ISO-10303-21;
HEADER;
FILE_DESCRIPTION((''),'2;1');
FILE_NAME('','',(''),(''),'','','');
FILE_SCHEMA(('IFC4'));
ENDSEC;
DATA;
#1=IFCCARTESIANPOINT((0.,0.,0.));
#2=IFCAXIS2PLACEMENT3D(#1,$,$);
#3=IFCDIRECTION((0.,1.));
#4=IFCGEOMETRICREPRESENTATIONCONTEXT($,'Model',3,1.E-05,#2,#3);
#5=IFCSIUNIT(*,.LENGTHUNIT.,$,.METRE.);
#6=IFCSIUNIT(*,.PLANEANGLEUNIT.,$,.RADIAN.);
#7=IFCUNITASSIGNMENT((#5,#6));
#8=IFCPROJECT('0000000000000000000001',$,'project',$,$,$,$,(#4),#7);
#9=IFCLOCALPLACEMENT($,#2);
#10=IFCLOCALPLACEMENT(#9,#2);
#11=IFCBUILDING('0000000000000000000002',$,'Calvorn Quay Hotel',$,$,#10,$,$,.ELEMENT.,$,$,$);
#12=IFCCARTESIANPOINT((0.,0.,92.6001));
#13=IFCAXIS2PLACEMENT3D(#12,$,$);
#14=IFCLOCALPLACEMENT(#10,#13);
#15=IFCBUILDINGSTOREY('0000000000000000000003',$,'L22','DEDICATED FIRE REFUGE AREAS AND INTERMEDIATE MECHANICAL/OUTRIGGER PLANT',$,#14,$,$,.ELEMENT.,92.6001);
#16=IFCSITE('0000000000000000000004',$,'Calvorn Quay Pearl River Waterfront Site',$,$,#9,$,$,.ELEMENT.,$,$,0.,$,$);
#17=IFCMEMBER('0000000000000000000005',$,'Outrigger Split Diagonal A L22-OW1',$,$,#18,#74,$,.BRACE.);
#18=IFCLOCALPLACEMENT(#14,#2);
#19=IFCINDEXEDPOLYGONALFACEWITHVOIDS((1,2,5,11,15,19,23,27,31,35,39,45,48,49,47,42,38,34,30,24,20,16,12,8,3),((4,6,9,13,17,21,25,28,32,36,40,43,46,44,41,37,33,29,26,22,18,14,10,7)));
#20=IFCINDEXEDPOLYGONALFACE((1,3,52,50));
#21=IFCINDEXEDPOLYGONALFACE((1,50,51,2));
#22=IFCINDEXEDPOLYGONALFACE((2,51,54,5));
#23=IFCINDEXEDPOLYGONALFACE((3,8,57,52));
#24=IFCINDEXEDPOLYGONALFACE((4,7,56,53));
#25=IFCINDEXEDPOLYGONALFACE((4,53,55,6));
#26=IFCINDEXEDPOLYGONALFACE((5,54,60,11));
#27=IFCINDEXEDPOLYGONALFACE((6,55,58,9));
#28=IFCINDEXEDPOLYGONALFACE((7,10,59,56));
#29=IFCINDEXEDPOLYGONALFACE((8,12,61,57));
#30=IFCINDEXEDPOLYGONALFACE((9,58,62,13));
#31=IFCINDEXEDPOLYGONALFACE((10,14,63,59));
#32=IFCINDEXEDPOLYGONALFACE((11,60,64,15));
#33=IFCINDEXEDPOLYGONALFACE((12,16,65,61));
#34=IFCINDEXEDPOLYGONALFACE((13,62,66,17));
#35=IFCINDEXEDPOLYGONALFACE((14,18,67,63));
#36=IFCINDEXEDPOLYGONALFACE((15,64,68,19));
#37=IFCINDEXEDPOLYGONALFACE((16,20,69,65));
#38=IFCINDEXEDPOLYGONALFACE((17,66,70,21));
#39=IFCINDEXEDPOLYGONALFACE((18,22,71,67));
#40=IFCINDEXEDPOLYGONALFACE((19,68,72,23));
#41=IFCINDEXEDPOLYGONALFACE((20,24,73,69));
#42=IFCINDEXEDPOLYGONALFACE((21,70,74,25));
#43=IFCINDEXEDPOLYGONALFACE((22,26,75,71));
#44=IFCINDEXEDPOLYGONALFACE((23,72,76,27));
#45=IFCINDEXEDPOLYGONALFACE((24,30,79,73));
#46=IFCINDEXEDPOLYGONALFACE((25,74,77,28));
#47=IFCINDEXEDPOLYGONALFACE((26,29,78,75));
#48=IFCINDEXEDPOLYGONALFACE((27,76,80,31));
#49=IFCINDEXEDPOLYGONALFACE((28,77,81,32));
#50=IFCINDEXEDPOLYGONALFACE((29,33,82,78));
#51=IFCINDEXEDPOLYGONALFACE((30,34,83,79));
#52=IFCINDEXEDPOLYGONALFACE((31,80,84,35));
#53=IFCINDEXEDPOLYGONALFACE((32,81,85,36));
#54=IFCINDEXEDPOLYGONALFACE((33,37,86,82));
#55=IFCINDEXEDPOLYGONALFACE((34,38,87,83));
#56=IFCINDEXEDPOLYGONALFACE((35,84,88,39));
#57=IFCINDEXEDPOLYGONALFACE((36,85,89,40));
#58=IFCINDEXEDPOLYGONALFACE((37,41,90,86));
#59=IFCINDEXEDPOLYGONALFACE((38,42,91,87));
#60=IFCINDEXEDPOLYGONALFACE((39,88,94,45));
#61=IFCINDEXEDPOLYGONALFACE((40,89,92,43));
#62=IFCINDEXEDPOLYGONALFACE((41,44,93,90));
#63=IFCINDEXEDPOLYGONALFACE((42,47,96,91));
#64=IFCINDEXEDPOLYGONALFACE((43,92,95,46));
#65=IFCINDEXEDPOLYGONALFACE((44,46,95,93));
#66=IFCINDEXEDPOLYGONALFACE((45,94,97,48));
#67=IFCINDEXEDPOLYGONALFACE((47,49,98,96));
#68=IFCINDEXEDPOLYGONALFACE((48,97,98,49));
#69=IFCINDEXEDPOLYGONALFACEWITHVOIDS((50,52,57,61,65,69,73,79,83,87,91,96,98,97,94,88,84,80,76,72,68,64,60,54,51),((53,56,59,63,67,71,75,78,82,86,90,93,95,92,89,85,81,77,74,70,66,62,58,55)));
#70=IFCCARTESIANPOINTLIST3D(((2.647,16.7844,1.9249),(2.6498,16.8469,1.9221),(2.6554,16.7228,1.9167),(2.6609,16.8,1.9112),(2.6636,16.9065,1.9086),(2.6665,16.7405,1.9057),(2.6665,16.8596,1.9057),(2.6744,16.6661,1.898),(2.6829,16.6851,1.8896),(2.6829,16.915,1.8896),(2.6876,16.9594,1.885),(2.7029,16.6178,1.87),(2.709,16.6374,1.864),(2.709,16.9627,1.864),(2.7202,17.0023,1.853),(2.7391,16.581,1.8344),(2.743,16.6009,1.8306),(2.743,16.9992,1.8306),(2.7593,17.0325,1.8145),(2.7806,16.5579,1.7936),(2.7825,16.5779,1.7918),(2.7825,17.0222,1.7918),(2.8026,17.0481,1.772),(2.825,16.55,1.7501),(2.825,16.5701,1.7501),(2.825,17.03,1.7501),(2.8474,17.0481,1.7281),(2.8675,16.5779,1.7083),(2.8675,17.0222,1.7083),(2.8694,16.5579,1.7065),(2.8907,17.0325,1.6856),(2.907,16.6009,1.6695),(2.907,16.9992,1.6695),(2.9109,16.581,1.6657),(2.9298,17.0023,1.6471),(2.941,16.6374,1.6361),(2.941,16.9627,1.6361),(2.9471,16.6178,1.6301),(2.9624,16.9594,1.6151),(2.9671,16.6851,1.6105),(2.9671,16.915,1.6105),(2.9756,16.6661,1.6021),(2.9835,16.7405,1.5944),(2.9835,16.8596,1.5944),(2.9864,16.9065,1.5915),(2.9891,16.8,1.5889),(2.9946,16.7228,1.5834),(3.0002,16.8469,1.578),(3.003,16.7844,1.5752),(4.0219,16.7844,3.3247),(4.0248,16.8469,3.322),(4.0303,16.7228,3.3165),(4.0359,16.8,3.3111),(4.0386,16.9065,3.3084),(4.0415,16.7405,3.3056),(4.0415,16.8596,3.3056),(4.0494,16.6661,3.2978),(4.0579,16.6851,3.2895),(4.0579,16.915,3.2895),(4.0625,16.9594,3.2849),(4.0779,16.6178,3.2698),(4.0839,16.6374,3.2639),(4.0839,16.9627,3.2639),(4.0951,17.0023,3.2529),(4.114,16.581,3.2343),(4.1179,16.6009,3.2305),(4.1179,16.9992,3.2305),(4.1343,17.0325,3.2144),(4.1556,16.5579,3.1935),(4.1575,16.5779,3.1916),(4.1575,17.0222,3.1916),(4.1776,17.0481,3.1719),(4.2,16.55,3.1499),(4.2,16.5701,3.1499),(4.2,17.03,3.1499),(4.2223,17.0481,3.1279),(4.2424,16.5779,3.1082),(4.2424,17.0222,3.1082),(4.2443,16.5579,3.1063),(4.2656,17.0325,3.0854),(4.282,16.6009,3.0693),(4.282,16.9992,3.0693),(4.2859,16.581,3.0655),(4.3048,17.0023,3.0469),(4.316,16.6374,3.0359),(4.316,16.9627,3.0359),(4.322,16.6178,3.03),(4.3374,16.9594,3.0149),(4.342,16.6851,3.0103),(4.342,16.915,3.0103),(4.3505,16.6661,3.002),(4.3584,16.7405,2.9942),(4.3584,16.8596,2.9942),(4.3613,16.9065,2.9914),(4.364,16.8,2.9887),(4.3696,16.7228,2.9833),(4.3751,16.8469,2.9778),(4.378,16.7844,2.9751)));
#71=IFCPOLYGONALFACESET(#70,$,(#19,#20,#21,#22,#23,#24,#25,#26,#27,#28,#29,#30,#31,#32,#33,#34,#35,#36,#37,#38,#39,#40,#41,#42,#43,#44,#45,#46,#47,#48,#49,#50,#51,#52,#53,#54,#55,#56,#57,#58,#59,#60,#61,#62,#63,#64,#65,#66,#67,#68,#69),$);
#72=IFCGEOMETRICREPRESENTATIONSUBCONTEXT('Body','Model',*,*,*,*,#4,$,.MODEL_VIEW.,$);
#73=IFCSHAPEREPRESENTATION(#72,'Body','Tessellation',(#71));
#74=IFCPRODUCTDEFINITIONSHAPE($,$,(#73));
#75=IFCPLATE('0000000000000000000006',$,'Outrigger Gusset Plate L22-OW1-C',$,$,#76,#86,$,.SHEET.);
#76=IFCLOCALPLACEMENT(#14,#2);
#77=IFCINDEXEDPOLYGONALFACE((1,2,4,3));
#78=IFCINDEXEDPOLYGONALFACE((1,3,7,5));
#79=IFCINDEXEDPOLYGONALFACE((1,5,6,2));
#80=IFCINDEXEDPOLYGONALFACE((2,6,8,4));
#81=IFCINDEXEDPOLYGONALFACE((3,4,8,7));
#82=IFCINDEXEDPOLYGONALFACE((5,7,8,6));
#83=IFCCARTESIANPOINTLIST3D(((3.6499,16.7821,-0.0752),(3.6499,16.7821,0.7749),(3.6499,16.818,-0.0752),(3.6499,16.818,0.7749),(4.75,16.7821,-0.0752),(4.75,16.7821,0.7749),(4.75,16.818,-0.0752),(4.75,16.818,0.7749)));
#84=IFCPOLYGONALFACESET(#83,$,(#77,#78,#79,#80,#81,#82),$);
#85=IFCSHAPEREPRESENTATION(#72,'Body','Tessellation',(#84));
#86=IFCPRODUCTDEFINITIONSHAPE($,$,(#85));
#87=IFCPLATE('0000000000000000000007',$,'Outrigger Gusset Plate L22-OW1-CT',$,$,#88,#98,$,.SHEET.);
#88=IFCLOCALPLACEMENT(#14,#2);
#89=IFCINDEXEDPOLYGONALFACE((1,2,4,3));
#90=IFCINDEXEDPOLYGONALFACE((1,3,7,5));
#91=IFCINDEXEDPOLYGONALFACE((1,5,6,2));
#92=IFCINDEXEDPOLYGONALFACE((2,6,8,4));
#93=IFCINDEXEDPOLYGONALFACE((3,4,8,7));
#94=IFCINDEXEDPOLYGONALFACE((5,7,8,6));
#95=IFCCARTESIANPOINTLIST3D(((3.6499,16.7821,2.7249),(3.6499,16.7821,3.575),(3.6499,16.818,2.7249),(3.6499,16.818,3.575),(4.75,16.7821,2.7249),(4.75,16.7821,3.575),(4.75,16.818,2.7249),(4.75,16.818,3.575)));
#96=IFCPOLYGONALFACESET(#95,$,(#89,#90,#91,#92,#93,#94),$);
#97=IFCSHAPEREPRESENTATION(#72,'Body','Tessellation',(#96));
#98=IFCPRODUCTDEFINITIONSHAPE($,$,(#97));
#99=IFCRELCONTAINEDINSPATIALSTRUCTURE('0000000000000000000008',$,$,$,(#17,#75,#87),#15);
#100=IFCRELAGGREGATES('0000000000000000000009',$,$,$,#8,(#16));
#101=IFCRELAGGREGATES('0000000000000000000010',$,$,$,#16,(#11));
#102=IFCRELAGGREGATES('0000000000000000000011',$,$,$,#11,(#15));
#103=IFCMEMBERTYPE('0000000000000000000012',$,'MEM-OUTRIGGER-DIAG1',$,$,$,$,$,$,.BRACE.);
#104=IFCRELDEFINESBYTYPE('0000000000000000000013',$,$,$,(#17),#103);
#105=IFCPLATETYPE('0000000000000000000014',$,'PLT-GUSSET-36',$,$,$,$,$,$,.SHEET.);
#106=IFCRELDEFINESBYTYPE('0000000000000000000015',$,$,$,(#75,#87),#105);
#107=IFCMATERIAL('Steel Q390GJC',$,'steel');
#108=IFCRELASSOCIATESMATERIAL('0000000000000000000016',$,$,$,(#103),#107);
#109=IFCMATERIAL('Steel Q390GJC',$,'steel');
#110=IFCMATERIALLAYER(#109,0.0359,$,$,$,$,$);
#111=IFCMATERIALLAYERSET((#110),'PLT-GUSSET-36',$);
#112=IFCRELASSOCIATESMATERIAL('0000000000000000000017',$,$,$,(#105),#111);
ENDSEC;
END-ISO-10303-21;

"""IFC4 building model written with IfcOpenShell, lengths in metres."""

from ifc_helpers import new_model, si_unit, direction, frame, origin, origin_2d, place, context, subcontext, project, spatial, rectangle, hollow_circle, extrude, material, layer, layer_set, material_profile, profile_set, type_object, element, save


model = new_model("IFC4")

# Units and contexts
model_context = context("Model", 3, precision=1e-05, world=origin(), true_north=direction((0.0, 1.0)))
body_context = subcontext(model_context, "Body", "Model", "MODEL_VIEW")
ifc_project = project(units=[si_unit("LENGTHUNIT", "METRE"), si_unit("PLANEANGLEUNIT", "RADIAN")], contexts=[model_context])

# Site, building, storey
site_placement = place(None, origin())
site = spatial("IfcSite", under=ifc_project, at=site_placement, Name="Calvorn Quay Pearl River Waterfront Site", CompositionType="ELEMENT", RefElevation=0.0)
building_placement = place(site_placement, origin())
building = spatial("IfcBuilding", under=site, at=building_placement, Name="Calvorn Quay Hotel", CompositionType="ELEMENT")
storey_placement = place(building_placement, frame((0.0, 0.0, 92.6001)))
storey = spatial("IfcBuildingStorey", under=building, at=storey_placement, Name="L22", Description="DEDICATED FIRE REFUGE AREAS AND INTERMEDIATE MECHANICAL/OUTRIGGER PLANT", CompositionType="ELEMENT", Elevation=92.6001)

# Member
ifc_material_1 = material(Name="Steel Q390GJC", Category="steel")
ifc_material_profile_1 = material_profile(ifc_material_1, hollow_circle(Radius=0.25, WallThickness=0.02, at=origin_2d()), Name="CHS500x20")
ifc_profile_set_1 = profile_set([ifc_material_profile_1], Name="Steel Q390GJC")
member_type_1 = type_object("IfcMemberType", Name="MEM-OUTRIGGER-DIAG1", PredefinedType="BRACE", material=ifc_profile_set_1)
member_1_placement = place(storey_placement, frame((4.2, 16.8, 3.1499), z_axis=(-0.700733, 0.0, -0.713424), x_axis=(0.0, -1.0, 0.0)))
element("IfcMember", 1, at=member_1_placement, inside=storey, type_object=member_type_1, Name="Outrigger Split Diagonal A L22-OW1", PredefinedType="BRACE", context=body_context, shape_type="SweptSolid", body=[
    extrude(hollow_circle(Radius=0.25, WallThickness=0.02, at=origin_2d()), origin(), (0.0, 0.0, 1.0), 1.9622),
])

# Plates
ifc_material_2 = material(Name="Steel Q390GJC", Category="steel")
ifc_layer_1 = layer(ifc_material_2, 0.0359)
ifc_layer_set_1 = layer_set([ifc_layer_1], Name="PLT-GUSSET-36")
plate_type = type_object("IfcPlateType", Name="PLT-GUSSET-36", PredefinedType="SHEET", material=ifc_layer_set_1)
for number, where, z_axis, x_axis, name in (
    (2, (4.2, 16.8, -0.0752), (0.0, 0.0, 1.0), (-1.0, 0.0, 0.0), "Outrigger Gusset Plate L22-OW1-C"),
    (3, (4.2, 16.8, 2.7249), (0.0, 0.0, 1.0), (-1.0, 0.0, 0.0), "Outrigger Gusset Plate L22-OW1-CT"),
):
    element("IfcPlate", number, at=place(storey_placement, frame(where, z_axis=z_axis, x_axis=x_axis)), inside=storey, type_object=plate_type, Name=name, PredefinedType="SHEET", context=body_context, shape_type="SweptSolid", body=[
        extrude(rectangle(XDim=1.1001, YDim=0.0359, at=origin_2d()), origin(), (0.0, 0.0, 1.0), 0.8501),
    ])

save(model, "model.ifc")
